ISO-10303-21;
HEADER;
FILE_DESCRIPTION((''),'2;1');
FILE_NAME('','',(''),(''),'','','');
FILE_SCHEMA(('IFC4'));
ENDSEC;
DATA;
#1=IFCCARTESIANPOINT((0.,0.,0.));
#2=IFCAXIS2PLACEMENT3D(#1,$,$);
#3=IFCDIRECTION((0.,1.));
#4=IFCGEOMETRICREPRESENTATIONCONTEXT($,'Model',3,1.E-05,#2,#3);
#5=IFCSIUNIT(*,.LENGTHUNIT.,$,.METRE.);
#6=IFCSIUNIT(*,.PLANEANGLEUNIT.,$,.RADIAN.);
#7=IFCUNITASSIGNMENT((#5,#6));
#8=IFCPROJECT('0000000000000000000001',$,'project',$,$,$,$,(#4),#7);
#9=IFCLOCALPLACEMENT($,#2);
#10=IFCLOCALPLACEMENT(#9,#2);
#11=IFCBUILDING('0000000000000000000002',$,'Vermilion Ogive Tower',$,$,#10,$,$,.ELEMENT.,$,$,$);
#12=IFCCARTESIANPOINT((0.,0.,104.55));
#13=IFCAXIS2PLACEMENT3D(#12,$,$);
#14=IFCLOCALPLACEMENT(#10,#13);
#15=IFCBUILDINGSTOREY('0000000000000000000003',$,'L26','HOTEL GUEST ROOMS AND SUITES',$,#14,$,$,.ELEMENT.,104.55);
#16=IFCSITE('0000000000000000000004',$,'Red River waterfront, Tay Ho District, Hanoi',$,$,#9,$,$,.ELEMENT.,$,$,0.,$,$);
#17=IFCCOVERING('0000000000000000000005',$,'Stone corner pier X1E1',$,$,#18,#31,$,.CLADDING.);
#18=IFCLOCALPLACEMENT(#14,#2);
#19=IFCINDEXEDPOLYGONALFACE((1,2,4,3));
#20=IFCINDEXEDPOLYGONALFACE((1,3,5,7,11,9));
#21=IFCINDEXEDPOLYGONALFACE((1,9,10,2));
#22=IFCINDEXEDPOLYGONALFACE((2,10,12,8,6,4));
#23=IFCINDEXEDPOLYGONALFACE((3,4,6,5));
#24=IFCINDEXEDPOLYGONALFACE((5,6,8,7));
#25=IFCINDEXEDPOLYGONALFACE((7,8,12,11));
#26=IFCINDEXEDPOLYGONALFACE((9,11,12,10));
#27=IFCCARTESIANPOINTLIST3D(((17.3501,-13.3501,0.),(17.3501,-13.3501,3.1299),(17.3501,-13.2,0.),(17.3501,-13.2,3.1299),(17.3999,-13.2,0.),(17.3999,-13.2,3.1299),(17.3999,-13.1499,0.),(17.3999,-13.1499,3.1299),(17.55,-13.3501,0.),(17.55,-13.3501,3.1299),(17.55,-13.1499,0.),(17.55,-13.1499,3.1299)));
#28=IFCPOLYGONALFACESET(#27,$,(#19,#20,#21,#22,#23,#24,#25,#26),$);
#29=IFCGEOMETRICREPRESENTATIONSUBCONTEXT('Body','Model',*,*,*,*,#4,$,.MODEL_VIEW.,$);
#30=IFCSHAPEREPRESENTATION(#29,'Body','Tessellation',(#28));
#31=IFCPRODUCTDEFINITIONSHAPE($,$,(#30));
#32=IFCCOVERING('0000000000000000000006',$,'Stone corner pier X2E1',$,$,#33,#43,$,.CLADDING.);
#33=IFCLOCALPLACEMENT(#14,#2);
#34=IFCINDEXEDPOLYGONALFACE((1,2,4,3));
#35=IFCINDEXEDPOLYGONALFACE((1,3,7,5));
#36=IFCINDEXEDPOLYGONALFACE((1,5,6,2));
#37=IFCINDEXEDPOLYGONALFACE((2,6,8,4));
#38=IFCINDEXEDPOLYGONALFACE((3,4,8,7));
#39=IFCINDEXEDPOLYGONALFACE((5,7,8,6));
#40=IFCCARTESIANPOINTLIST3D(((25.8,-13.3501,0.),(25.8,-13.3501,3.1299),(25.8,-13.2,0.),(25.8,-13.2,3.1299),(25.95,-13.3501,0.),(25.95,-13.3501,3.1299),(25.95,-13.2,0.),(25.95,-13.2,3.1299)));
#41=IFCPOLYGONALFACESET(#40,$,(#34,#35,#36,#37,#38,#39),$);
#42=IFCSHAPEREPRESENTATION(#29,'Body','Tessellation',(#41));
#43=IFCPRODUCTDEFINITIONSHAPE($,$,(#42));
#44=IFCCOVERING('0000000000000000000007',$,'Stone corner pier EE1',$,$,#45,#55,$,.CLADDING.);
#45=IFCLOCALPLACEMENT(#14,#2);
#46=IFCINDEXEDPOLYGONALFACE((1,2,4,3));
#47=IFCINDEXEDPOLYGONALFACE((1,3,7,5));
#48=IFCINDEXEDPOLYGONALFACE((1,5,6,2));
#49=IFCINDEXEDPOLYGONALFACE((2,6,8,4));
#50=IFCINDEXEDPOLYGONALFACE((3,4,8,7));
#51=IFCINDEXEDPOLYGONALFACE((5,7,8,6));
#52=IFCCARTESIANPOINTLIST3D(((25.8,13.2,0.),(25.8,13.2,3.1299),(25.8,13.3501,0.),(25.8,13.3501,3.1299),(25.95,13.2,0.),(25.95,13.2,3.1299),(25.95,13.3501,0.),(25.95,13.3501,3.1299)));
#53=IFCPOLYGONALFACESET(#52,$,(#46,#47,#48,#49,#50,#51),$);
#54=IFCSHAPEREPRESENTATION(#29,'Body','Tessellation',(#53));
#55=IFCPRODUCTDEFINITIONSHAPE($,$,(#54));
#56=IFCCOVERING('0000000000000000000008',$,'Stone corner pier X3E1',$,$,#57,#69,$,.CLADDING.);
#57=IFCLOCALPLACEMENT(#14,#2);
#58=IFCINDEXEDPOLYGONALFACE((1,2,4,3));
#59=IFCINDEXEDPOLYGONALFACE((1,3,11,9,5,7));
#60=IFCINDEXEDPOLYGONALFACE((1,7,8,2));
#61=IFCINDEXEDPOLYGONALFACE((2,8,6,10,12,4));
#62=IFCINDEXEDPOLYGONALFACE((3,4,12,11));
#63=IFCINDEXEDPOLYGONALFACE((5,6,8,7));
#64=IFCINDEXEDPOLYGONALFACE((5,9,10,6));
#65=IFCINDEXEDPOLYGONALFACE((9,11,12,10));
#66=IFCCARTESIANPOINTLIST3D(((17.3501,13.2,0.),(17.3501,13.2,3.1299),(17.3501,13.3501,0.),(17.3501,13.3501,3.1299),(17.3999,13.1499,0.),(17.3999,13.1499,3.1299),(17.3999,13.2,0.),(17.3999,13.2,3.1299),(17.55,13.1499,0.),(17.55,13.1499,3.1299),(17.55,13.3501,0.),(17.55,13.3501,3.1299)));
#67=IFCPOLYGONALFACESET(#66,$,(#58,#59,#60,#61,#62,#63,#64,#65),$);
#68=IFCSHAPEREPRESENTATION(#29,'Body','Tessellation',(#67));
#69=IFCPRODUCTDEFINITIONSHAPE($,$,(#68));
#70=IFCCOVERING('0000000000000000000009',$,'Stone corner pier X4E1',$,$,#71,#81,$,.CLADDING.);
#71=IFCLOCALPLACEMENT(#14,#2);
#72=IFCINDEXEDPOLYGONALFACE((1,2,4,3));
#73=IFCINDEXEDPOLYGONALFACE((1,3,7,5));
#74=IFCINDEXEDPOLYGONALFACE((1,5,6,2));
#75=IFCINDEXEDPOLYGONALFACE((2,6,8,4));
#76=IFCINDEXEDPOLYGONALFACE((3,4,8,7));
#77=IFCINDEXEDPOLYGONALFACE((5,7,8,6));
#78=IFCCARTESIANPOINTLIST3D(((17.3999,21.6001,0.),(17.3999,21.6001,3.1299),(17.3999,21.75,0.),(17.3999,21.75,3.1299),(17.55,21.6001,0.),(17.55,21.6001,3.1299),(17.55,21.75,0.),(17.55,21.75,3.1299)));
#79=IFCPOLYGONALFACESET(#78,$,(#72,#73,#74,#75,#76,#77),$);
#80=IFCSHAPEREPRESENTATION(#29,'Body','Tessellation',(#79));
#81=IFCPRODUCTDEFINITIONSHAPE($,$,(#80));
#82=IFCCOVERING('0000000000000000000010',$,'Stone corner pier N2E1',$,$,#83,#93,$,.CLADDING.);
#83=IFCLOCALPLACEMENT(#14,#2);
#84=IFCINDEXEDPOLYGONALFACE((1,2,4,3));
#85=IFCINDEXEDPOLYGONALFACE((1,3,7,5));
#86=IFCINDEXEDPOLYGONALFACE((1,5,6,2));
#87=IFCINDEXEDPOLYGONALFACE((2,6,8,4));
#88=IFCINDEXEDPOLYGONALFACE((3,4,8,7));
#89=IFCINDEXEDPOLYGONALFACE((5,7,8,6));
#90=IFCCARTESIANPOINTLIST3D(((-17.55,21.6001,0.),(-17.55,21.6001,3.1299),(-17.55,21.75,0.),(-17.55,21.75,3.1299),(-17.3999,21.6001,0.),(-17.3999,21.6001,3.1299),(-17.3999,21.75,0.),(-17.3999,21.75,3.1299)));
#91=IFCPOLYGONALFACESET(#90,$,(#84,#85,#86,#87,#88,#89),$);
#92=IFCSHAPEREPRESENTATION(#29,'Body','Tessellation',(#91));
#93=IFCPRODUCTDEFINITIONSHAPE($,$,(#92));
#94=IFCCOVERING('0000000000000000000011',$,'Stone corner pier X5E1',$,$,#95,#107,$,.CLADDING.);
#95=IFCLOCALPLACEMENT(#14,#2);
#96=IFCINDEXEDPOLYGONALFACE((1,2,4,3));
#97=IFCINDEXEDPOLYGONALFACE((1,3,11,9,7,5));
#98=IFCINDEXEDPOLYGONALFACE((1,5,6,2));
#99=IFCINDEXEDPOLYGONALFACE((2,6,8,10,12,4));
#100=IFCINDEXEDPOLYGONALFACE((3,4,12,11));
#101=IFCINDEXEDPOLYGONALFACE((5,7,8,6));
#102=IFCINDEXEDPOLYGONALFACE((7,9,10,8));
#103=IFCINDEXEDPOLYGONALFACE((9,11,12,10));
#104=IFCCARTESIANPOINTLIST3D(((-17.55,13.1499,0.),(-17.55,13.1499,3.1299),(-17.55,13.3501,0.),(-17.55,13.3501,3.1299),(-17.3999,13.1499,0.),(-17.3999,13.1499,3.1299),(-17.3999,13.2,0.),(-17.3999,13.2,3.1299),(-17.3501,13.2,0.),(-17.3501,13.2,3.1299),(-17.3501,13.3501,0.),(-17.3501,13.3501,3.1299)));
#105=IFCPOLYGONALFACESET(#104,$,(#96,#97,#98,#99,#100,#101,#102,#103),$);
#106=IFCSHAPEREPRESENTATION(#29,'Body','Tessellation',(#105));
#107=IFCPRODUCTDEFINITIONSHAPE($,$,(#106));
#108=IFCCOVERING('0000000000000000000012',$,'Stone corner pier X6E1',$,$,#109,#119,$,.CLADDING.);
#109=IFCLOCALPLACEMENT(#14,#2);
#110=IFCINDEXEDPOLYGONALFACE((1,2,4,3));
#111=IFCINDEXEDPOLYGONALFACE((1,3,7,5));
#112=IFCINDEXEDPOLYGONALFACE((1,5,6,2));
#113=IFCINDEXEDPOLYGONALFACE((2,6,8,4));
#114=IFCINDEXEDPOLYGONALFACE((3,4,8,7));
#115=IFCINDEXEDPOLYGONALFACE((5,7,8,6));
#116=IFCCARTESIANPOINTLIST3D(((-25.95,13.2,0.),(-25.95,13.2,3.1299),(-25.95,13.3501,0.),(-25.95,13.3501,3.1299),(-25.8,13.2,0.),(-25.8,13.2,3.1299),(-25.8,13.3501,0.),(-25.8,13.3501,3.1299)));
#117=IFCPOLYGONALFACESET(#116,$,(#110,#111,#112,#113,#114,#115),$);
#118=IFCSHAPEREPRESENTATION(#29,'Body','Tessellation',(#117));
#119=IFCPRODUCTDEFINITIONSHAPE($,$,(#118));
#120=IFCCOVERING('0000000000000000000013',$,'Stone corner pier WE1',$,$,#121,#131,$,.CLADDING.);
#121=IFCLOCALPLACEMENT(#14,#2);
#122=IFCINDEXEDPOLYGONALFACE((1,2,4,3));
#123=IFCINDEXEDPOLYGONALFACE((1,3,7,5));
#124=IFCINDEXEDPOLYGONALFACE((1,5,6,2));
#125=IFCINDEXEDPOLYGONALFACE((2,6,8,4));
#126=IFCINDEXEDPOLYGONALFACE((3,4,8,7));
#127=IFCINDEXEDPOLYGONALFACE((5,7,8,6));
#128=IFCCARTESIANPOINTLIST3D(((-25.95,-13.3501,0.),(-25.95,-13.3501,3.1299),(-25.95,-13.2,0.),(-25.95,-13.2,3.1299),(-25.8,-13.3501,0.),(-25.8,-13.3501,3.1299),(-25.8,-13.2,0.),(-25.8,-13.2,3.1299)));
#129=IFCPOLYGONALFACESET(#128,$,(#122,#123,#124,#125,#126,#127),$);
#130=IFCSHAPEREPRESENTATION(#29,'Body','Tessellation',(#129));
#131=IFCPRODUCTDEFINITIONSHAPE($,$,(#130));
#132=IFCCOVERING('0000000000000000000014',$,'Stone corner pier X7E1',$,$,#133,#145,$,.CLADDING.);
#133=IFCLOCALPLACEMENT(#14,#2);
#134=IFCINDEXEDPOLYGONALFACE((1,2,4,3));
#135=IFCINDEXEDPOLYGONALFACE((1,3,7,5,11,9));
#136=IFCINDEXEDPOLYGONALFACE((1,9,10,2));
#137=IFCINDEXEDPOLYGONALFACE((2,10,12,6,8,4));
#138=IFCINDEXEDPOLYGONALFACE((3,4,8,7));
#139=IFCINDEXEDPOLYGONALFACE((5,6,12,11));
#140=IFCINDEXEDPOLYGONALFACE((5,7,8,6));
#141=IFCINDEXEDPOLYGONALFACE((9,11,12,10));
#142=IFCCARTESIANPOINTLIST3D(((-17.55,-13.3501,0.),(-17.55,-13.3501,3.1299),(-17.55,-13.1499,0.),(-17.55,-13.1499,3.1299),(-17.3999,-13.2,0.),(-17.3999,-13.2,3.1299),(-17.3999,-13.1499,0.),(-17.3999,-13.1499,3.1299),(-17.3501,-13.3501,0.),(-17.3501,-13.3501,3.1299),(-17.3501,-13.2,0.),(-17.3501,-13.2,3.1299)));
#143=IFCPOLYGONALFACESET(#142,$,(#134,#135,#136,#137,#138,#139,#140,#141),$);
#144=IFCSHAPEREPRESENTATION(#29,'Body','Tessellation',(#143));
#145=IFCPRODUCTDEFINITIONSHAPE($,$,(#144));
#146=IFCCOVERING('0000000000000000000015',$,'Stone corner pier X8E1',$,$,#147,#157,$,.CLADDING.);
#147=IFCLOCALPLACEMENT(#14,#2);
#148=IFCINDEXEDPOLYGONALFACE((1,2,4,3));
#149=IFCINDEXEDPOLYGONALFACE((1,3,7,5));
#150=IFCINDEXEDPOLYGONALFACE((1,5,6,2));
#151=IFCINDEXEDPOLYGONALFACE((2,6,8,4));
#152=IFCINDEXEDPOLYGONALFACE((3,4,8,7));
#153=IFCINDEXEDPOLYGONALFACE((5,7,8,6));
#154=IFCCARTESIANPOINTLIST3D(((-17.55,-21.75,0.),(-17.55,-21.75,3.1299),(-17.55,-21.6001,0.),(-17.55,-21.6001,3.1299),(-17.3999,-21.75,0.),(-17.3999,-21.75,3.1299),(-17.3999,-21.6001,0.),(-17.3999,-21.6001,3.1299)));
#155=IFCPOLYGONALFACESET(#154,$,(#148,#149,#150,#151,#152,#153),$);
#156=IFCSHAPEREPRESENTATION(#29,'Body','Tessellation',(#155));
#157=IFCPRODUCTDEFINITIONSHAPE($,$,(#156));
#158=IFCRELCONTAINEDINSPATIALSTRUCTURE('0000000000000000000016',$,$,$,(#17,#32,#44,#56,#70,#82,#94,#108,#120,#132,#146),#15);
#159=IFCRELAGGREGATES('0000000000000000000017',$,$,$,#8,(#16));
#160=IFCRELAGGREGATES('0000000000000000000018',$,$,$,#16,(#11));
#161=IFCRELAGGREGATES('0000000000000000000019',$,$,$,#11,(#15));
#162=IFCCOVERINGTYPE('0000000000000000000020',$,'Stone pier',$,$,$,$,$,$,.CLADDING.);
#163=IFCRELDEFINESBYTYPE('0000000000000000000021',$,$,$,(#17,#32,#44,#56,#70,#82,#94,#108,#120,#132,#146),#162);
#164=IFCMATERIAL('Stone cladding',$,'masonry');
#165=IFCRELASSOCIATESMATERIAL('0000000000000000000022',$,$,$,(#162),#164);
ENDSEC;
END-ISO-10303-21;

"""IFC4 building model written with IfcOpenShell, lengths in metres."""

from ifc_helpers import new_model, si_unit, direction, frame, origin, place, context, subcontext, project, spatial, polyline, outline, extrude, material, type_object, element, save


model = new_model("IFC4")

# Units and contexts
model_context = context("Model", 3, precision=1e-05, world=origin(), true_north=direction((0.0, 1.0)))
body_context = subcontext(model_context, "Body", "Model", "MODEL_VIEW")
ifc_project = project(units=[si_unit("LENGTHUNIT", "METRE"), si_unit("PLANEANGLEUNIT", "RADIAN")], contexts=[model_context])

# Site, building, storey
site_placement = place(None, origin())
site = spatial("IfcSite", under=ifc_project, at=site_placement, Name="Red River waterfront, Tay Ho District, Hanoi", CompositionType="ELEMENT", RefElevation=0.0)
building_placement = place(site_placement, origin())
building = spatial("IfcBuilding", under=site, at=building_placement, Name="Vermilion Ogive Tower", CompositionType="ELEMENT")
storey_placement = place(building_placement, frame((0.0, 0.0, 104.55)))
storey = spatial("IfcBuildingStorey", under=building, at=storey_placement, Name="L26", Description="HOTEL GUEST ROOMS AND SUITES", CompositionType="ELEMENT", Elevation=104.55)

# Coverings
ifc_material_1 = material(Name="Stone cladding", Category="masonry")
covering_type_1 = type_object("IfcCoveringType", Name="Stone pier", PredefinedType="CLADDING", material=ifc_material_1)
covering_1_placement = place(storey_placement, origin())
element("IfcCovering", 1, at=covering_1_placement, inside=storey, type_object=covering_type_1, Name="Stone corner pier X1E1", PredefinedType="CLADDING", context=body_context, shape_type="SweptSolid", body=[
    extrude(outline(polyline([(17.3501, -13.2), (17.3999, -13.2), (17.3999, -13.1499), (17.55, -13.1499), (17.55, -13.3501), (17.3501, -13.3501), (17.3501, -13.2)])), origin(), (0.0, 0.0, 1.0), 3.1299),
])
covering_2_placement = place(storey_placement, origin())
element("IfcCovering", 2, at=covering_2_placement, inside=storey, type_object=covering_type_1, Name="Stone corner pier X2E1", PredefinedType="CLADDING", context=body_context, shape_type="SweptSolid", body=[
    extrude(outline(polyline([(25.8, -13.3501), (25.8, -13.2), (25.95, -13.2), (25.95, -13.3501), (25.8, -13.3501)])), origin(), (0.0, 0.0, 1.0), 3.1299),
])
covering_3_placement = place(storey_placement, origin())
element("IfcCovering", 3, at=covering_3_placement, inside=storey, type_object=covering_type_1, Name="Stone corner pier EE1", PredefinedType="CLADDING", context=body_context, shape_type="SweptSolid", body=[
    extrude(outline(polyline([(25.95, 13.2), (25.8, 13.2), (25.8, 13.3501), (25.95, 13.3501), (25.95, 13.2)])), origin(), (0.0, 0.0, 1.0), 3.1299),
])
covering_4_placement = place(storey_placement, origin())
element("IfcCovering", 4, at=covering_4_placement, inside=storey, type_object=covering_type_1, Name="Stone corner pier X3E1", PredefinedType="CLADDING", context=body_context, shape_type="SweptSolid", body=[
    extrude(outline(polyline([(17.3999, 13.1499), (17.3999, 13.2), (17.3501, 13.2), (17.3501, 13.3501), (17.55, 13.3501), (17.55, 13.1499), (17.3999, 13.1499)])), origin(), (0.0, 0.0, 1.0), 3.1299),
])
covering_5_placement = place(storey_placement, origin())
element("IfcCovering", 5, at=covering_5_placement, inside=storey, type_object=covering_type_1, Name="Stone corner pier X4E1", PredefinedType="CLADDING", context=body_context, shape_type="SweptSolid", body=[
    extrude(outline(polyline([(17.55, 21.6001), (17.3999, 21.6001), (17.3999, 21.6001), (17.3999, 21.75), (17.55, 21.75), (17.55, 21.6001)])), origin(), (0.0, 0.0, 1.0), 3.1299),
])
covering_6_placement = place(storey_placement, origin())
element("IfcCovering", 6, at=covering_6_placement, inside=storey, type_object=covering_type_1, Name="Stone corner pier N2E1", PredefinedType="CLADDING", context=body_context, shape_type="SweptSolid", body=[
    extrude(outline(polyline([(-17.3999, 21.75), (-17.3999, 21.6001), (-17.3999, 21.6001), (-17.55, 21.6001), (-17.55, 21.75), (-17.3999, 21.75)])), origin(), (0.0, 0.0, 1.0), 3.1299),
])
covering_7_placement = place(storey_placement, origin())
element("IfcCovering", 7, at=covering_7_placement, inside=storey, type_object=covering_type_1, Name="Stone corner pier X5E1", PredefinedType="CLADDING", context=body_context, shape_type="SweptSolid", body=[
    extrude(outline(polyline([(-17.3501, 13.2), (-17.3999, 13.2), (-17.3999, 13.1499), (-17.55, 13.1499), (-17.55, 13.3501), (-17.3501, 13.3501), (-17.3501, 13.2)])), origin(), (0.0, 0.0, 1.0), 3.1299),
])
covering_8_placement = place(storey_placement, origin())
element("IfcCovering", 8, at=covering_8_placement, inside=storey, type_object=covering_type_1, Name="Stone corner pier X6E1", PredefinedType="CLADDING", context=body_context, shape_type="SweptSolid", body=[
    extrude(outline(polyline([(-25.8, 13.3501), (-25.8, 13.2), (-25.95, 13.2), (-25.95, 13.3501), (-25.8, 13.3501)])), origin(), (0.0, 0.0, 1.0), 3.1299),
])
covering_9_placement = place(storey_placement, origin())
element("IfcCovering", 9, at=covering_9_placement, inside=storey, type_object=covering_type_1, Name="Stone corner pier WE1", PredefinedType="CLADDING", context=body_context, shape_type="SweptSolid", body=[
    extrude(outline(polyline([(-25.95, -13.2), (-25.8, -13.2), (-25.8, -13.3501), (-25.95, -13.3501), (-25.95, -13.2)])), origin(), (0.0, 0.0, 1.0), 3.1299),
])
covering_10_placement = place(storey_placement, origin())
element("IfcCovering", 10, at=covering_10_placement, inside=storey, type_object=covering_type_1, Name="Stone corner pier X7E1", PredefinedType="CLADDING", context=body_context, shape_type="SweptSolid", body=[
    extrude(outline(polyline([(-17.3999, -13.1499), (-17.3999, -13.2), (-17.3501, -13.2), (-17.3501, -13.3501), (-17.55, -13.3501), (-17.55, -13.1499), (-17.3999, -13.1499)])), origin(), (0.0, 0.0, 1.0), 3.1299),
])
covering_11_placement = place(storey_placement, origin())
element("IfcCovering", 11, at=covering_11_placement, inside=storey, type_object=covering_type_1, Name="Stone corner pier X8E1", PredefinedType="CLADDING", context=body_context, shape_type="SweptSolid", body=[
    extrude(outline(polyline([(-17.55, -21.6001), (-17.3999, -21.6001), (-17.3999, -21.6001), (-17.3999, -21.75), (-17.55, -21.75), (-17.55, -21.6001)])), origin(), (0.0, 0.0, 1.0), 3.1299),
])

save(model, "model.ifc")
